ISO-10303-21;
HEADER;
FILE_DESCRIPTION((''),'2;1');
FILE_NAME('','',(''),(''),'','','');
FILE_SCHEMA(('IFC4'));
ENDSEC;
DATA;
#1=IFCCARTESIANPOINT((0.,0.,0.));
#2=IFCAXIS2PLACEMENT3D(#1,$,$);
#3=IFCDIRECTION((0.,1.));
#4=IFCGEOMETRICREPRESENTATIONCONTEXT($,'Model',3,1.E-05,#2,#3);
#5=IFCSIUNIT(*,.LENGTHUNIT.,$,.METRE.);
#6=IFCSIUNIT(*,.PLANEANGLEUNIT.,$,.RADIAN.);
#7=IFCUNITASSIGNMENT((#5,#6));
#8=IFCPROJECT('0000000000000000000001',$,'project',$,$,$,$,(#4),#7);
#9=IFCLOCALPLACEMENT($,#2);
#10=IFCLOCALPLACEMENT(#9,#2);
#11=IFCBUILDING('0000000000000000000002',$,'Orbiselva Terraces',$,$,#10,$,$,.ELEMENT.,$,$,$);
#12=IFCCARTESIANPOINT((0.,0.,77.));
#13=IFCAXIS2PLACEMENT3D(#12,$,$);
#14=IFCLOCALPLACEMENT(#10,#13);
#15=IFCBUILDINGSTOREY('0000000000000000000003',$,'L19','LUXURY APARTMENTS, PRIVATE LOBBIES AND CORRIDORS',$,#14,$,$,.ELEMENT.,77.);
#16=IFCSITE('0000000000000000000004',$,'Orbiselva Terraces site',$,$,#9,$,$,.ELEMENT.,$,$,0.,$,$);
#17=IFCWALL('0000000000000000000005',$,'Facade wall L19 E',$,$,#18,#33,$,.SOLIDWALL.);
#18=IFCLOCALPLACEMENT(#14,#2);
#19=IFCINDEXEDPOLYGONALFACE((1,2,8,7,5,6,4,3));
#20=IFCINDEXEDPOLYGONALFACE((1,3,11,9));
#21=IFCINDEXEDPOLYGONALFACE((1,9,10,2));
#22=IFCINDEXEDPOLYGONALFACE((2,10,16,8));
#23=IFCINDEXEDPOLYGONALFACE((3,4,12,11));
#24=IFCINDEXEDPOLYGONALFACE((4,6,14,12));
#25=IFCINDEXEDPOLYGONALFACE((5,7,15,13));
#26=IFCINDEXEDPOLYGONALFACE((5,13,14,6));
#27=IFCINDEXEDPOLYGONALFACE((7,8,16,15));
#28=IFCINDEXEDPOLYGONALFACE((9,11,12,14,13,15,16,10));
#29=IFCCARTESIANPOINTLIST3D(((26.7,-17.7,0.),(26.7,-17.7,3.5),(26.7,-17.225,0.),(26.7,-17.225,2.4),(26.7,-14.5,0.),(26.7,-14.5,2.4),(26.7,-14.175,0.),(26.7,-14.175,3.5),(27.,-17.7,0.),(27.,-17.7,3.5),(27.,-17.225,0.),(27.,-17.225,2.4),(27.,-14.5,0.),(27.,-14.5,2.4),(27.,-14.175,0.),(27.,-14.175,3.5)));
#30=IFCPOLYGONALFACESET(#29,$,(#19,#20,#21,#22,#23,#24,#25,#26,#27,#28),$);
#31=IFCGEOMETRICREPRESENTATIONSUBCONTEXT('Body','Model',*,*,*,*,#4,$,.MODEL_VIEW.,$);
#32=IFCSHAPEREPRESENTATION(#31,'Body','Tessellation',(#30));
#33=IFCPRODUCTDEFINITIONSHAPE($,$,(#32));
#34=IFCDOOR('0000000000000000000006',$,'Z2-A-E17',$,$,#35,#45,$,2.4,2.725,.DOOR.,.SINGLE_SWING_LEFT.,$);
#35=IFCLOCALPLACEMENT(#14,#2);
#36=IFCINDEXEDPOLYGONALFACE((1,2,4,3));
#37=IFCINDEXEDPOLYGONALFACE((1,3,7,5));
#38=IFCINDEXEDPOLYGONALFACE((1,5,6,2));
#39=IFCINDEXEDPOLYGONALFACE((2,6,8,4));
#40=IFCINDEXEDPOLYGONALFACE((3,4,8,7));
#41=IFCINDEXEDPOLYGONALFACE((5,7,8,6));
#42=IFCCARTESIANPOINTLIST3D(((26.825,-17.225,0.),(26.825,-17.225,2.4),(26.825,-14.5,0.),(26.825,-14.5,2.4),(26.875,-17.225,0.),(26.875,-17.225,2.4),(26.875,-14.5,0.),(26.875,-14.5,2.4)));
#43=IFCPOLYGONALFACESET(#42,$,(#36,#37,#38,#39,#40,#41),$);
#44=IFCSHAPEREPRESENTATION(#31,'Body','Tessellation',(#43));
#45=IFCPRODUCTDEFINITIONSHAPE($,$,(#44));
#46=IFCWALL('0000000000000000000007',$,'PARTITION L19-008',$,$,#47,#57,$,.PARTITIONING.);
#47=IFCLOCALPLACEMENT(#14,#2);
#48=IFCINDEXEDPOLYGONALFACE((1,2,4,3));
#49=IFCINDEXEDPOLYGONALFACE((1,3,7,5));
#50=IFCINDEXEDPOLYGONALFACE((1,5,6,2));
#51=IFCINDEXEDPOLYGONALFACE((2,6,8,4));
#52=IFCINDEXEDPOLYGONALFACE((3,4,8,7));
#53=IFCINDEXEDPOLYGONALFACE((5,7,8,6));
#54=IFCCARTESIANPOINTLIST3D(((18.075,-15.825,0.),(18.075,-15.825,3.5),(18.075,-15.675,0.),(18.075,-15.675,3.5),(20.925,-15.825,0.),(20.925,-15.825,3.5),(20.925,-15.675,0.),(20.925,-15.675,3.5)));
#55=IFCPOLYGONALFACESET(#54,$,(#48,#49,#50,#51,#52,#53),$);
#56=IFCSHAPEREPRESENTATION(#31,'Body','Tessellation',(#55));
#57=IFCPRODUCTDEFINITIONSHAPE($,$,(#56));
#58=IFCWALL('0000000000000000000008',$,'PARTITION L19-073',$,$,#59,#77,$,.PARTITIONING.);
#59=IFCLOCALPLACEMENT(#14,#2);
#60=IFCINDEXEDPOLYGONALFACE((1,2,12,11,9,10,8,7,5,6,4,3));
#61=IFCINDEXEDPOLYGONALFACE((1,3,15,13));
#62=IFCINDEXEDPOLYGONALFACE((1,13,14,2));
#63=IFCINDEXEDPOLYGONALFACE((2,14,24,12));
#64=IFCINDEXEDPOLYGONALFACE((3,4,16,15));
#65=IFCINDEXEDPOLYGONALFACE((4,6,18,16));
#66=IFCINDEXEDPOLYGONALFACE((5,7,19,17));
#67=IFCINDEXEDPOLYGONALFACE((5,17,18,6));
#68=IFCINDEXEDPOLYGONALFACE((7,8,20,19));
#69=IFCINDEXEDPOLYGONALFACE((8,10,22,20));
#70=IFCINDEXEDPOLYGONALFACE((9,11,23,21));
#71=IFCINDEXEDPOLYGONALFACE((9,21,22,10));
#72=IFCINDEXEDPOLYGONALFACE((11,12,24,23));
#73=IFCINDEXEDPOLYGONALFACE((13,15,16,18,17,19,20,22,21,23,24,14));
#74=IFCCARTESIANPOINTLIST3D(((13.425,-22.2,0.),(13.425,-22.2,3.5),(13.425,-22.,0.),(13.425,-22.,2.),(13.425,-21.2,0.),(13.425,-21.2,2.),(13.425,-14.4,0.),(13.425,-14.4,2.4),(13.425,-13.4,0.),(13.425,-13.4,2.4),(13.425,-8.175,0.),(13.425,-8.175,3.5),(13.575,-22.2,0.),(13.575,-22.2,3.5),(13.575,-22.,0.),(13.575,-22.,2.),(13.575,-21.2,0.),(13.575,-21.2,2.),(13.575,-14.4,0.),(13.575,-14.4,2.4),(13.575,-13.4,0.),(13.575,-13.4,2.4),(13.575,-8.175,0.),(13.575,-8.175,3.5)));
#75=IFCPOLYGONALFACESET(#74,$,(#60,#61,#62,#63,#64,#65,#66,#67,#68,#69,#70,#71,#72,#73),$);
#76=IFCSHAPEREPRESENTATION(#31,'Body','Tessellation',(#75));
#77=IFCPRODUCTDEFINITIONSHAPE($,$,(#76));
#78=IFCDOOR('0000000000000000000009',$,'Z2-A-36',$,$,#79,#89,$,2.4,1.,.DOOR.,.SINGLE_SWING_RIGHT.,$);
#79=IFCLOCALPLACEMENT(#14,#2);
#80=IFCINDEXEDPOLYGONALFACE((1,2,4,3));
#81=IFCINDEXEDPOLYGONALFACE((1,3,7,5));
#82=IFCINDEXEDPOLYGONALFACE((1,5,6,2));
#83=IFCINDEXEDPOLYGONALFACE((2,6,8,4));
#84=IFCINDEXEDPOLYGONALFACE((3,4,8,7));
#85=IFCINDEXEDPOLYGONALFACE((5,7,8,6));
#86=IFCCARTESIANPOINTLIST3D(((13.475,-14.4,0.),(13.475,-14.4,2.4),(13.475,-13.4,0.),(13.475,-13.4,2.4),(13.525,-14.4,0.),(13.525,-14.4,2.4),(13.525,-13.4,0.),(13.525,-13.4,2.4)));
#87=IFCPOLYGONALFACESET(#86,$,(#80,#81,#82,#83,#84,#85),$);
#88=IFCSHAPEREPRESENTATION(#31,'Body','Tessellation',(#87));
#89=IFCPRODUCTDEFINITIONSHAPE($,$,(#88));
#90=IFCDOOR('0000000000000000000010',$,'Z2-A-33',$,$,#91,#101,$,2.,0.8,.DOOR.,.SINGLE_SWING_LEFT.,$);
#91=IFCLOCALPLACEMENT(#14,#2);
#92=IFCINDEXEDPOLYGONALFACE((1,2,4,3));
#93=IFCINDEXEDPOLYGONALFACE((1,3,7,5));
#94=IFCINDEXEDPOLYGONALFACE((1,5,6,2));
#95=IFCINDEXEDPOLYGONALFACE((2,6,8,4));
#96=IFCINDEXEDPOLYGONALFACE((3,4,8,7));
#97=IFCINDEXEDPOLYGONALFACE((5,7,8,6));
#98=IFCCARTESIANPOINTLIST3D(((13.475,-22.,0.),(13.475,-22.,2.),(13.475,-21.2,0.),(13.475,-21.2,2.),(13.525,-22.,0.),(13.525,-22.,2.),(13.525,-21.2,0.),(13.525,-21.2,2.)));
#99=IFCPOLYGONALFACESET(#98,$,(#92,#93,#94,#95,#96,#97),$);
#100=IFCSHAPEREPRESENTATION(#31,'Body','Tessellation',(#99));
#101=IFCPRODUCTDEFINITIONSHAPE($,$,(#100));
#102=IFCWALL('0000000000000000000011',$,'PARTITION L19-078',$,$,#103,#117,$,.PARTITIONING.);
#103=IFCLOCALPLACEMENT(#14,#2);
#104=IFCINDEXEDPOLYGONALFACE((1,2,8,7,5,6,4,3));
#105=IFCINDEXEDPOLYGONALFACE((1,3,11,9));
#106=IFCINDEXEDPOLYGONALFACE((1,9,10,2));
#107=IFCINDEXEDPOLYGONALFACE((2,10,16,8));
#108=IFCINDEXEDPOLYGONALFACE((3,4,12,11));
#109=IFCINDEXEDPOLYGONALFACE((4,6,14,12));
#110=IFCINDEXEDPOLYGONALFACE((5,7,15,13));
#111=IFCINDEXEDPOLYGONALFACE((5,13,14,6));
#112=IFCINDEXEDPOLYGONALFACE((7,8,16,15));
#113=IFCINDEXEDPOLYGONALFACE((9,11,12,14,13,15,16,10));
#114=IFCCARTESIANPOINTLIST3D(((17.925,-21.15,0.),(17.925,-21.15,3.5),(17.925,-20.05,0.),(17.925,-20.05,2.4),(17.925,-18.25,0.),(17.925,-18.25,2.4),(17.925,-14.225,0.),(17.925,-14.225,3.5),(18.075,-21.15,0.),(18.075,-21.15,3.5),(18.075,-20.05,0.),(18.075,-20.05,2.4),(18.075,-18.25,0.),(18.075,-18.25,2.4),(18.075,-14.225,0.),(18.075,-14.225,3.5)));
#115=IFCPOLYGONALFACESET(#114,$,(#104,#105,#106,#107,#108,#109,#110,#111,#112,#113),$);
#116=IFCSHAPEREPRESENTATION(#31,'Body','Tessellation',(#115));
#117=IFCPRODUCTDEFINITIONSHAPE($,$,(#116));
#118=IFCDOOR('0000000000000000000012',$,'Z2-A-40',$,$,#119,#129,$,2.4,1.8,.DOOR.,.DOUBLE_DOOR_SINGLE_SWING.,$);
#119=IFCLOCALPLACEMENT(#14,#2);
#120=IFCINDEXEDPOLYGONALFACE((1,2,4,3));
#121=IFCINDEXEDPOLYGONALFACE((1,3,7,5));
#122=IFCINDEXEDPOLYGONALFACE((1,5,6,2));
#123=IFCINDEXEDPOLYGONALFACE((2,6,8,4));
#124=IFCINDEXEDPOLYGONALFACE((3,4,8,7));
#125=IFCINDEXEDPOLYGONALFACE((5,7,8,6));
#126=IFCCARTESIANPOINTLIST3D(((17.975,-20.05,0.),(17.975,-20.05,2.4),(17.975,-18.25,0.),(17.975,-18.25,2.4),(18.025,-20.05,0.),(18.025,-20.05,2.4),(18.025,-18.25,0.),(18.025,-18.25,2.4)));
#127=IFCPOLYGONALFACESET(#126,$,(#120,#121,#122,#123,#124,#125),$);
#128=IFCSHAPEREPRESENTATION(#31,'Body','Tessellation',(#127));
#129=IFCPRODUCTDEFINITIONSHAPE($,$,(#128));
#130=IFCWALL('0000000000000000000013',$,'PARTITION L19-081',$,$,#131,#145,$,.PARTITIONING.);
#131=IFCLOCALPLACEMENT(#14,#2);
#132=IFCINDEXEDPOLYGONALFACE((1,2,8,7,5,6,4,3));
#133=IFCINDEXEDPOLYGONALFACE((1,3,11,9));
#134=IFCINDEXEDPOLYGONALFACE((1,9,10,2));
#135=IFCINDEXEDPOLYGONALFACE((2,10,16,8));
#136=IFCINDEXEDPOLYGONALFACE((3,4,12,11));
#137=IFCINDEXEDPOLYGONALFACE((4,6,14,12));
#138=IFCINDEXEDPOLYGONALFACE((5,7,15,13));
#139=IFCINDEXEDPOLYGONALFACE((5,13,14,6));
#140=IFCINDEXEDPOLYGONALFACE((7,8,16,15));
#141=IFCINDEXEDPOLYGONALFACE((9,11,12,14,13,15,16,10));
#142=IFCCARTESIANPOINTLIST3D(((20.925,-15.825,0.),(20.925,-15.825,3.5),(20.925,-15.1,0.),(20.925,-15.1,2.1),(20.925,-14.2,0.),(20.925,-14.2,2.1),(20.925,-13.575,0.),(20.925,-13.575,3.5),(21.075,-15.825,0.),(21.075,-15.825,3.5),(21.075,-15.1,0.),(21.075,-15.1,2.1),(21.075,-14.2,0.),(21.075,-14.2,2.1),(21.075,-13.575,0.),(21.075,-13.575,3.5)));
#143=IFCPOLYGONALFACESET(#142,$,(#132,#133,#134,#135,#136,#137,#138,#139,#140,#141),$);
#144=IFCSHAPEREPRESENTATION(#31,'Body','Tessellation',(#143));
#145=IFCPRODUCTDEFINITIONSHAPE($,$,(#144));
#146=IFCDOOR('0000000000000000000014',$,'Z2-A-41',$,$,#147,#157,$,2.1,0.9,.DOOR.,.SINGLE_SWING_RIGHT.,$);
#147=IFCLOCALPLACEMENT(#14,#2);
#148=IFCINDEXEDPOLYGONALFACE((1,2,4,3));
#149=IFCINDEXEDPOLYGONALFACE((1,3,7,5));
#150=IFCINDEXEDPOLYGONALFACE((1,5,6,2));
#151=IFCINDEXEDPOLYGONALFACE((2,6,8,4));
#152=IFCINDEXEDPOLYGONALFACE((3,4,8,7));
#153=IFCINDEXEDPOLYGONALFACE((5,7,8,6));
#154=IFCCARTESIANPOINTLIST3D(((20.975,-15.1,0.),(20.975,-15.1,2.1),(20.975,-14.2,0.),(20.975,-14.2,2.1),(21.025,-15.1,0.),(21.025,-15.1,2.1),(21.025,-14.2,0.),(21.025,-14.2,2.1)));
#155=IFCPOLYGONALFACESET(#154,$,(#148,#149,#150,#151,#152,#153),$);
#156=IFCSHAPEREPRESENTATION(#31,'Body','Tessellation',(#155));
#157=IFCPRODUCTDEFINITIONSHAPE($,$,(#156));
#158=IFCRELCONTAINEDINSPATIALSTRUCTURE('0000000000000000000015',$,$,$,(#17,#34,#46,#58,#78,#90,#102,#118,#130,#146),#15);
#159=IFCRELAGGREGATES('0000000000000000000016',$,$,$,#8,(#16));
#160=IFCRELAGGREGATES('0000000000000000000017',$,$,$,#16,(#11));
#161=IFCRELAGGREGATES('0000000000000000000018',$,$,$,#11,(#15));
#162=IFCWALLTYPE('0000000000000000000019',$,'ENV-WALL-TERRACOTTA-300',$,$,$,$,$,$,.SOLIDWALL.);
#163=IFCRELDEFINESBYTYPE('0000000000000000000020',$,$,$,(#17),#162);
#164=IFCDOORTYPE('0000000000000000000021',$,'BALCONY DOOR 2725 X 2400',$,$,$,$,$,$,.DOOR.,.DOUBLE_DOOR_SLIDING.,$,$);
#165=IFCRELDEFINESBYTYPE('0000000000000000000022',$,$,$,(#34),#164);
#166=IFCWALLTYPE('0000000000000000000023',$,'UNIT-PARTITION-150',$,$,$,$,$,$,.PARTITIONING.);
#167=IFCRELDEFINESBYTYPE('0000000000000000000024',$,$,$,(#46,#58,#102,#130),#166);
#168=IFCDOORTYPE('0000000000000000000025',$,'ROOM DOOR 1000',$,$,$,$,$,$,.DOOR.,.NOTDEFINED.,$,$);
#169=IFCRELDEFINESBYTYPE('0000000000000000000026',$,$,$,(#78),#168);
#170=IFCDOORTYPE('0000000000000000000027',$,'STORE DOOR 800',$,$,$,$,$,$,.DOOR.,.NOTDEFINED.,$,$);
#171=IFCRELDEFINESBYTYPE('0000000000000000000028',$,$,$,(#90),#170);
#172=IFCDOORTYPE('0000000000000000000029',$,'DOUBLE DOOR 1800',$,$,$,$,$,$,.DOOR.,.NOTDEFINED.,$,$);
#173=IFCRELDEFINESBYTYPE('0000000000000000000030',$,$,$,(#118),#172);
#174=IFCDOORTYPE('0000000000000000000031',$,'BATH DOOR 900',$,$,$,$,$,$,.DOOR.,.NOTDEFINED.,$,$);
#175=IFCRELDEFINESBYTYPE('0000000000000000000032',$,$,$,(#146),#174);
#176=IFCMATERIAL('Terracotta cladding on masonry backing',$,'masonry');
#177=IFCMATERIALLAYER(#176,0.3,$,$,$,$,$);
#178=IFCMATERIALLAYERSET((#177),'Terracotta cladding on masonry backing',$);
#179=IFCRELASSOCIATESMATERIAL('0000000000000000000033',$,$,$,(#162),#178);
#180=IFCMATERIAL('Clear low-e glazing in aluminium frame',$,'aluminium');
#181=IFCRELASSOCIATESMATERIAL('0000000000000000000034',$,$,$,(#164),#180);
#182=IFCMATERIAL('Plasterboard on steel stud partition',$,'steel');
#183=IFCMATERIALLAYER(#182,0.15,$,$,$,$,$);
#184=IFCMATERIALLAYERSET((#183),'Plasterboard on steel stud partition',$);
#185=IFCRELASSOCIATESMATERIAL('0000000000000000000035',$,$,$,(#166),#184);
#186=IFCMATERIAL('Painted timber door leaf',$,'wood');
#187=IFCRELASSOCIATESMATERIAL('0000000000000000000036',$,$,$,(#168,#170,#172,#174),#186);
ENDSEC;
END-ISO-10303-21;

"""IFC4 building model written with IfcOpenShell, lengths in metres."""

from ifc_helpers import new_model, si_unit, direction, frame, frame_2d, origin, place, context, subcontext, project, spatial, rectangle, extrude, material, layer, layer_set, type_object, element, fill, save


model = new_model("IFC4")

# Units and contexts
model_context = context("Model", 3, precision=1e-05, world=origin(), true_north=direction((0.0, 1.0)))
body_context = subcontext(model_context, "Body", "Model", "MODEL_VIEW")
ifc_project = project(units=[si_unit("LENGTHUNIT", "METRE"), si_unit("PLANEANGLEUNIT", "RADIAN")], contexts=[model_context])

# Site, building, storey
site_placement = place(None, origin())
site = spatial("IfcSite", under=ifc_project, at=site_placement, Name="Orbiselva Terraces site", CompositionType="ELEMENT", RefElevation=0.0)
building_placement = place(site_placement, origin())
building = spatial("IfcBuilding", under=site, at=building_placement, Name="Orbiselva Terraces", CompositionType="ELEMENT")
storey_placement = place(building_placement, frame((0.0, 0.0, 77.0)))
storey = spatial("IfcBuildingStorey", under=building, at=storey_placement, Name="L19", Description="LUXURY APARTMENTS, PRIVATE LOBBIES AND CORRIDORS", CompositionType="ELEMENT", Elevation=77.0)

# Shared definitions
ifc_material_1 = material(Name="Terracotta cladding on masonry backing", Category="masonry")
ifc_layer_1 = layer(ifc_material_1, 0.3)
ifc_layer_set_1 = layer_set([ifc_layer_1], Name="Terracotta cladding on masonry backing")
wall_type_1 = type_object("IfcWallType", Name="ENV-WALL-TERRACOTTA-300", PredefinedType="SOLIDWALL", material=ifc_layer_set_1)
ifc_material_2 = material(Name="Clear low-e glazing in aluminium frame", Category="aluminium")
door_type_1 = type_object("IfcDoorType", Name="BALCONY DOOR 2725 X 2400", OperationType="DOUBLE_DOOR_SLIDING", PredefinedType="DOOR", material=ifc_material_2)

# Wall, opening, door
wall_1_placement = place(storey_placement, frame((26.85, -14.175, 0.0), z_axis=(0.0, 0.0, 1.0), x_axis=(0.0, -1.0, 0.0)))
wall_1 = element("IfcWall", 1, at=wall_1_placement, inside=storey, type_object=wall_type_1, Name="Facade wall L19 E", PredefinedType="SOLIDWALL", context=body_context, shape_type="SweptSolid", body=[
    extrude(rectangle(XDim=3.525, YDim=0.3, at=frame_2d((1.7625, 0.0))), origin(), (0.0, 0.0, 1.0), 3.5),
])
opening_1_placement = place(wall_1_placement, frame((0.325, 0.0, 0.0)))
opening_1 = element("IfcOpeningElement", 2, at=opening_1_placement, cuts=wall_1, PredefinedType="OPENING", context=body_context, shape_type="SweptSolid", body=[
    extrude(rectangle(XDim=2.725, YDim=2.4, at=frame_2d((1.3625, 1.2))), frame((0.0, 0.16, 0.0), z_axis=(0.0, -1.0, 0.0), x_axis=(1.0, 0.0, 0.0)), (0.0, 0.0, 1.0), 0.32),
])
door_1_placement = place(opening_1_placement, origin())
door_1 = element("IfcDoor", 3, at=door_1_placement, inside=storey, type_object=door_type_1, Name="Z2-A-E17", OperationType="SINGLE_SWING_LEFT", OverallHeight=2.4, OverallWidth=2.725, PredefinedType="DOOR", context=body_context, shape_type="SweptSolid", body=[
    extrude(rectangle(XDim=2.725, YDim=2.4, at=frame_2d((1.3625, 1.2))), frame((0.0, 0.025, 0.0), z_axis=(0.0, -1.0, 0.0), x_axis=(1.0, 0.0, 0.0)), (0.0, 0.0, 1.0), 0.05),
])
fill(opening_1, door_1)

# Wall
ifc_material_3 = material(Name="Plasterboard on steel stud partition", Category="steel")
ifc_layer_2 = layer(ifc_material_3, 0.15)
ifc_layer_set_2 = layer_set([ifc_layer_2], Name="Plasterboard on steel stud partition")
wall_type_2 = type_object("IfcWallType", Name="UNIT-PARTITION-150", PredefinedType="PARTITIONING", material=ifc_layer_set_2)
wall_2_placement = place(storey_placement, frame((18.075, -15.75, 0.0), z_axis=(0.0, 0.0, 1.0), x_axis=(1.0, 0.0, 0.0)))
element("IfcWall", 4, at=wall_2_placement, inside=storey, type_object=wall_type_2, Name="PARTITION L19-008", PredefinedType="PARTITIONING", context=body_context, shape_type="SweptSolid", body=[
    extrude(rectangle(XDim=2.85, YDim=0.15, at=frame_2d((1.425, 0.0))), origin(), (0.0, 0.0, 1.0), 3.5),
])

# Wall, openings, doors
wall_3_placement = place(storey_placement, frame((13.5, -22.2, 0.0), z_axis=(0.0, 0.0, 1.0), x_axis=(0.0, 1.0, 0.0)))
wall_3 = element("IfcWall", 5, at=wall_3_placement, inside=storey, type_object=wall_type_2, Name="PARTITION L19-073", PredefinedType="PARTITIONING", context=body_context, shape_type="SweptSolid", body=[
    extrude(rectangle(XDim=14.025, YDim=0.15, at=frame_2d((7.0125, 0.0))), origin(), (0.0, 0.0, 1.0), 3.5),
])
opening_2_placement = place(wall_3_placement, frame((0.2, 0.0, 0.0)))
opening_2 = element("IfcOpeningElement", 6, at=opening_2_placement, cuts=wall_3, PredefinedType="OPENING", context=body_context, shape_type="SweptSolid", body=[
    extrude(rectangle(XDim=0.8, YDim=2.0, at=frame_2d((0.4, 1.0))), frame((0.0, 0.085, 0.0), z_axis=(0.0, -1.0, 0.0), x_axis=(1.0, 0.0, 0.0)), (0.0, 0.0, 1.0), 0.17),
])
opening_3_placement = place(wall_3_placement, frame((7.8, 0.0, 0.0)))
opening_3 = element("IfcOpeningElement", 7, at=opening_3_placement, cuts=wall_3, PredefinedType="OPENING", context=body_context, shape_type="SweptSolid", body=[
    extrude(rectangle(XDim=1.0, YDim=2.4, at=frame_2d((0.5, 1.2))), frame((0.0, 0.085, 0.0), z_axis=(0.0, -1.0, 0.0), x_axis=(1.0, 0.0, 0.0)), (0.0, 0.0, 1.0), 0.17),
])
ifc_material_4 = material(Name="Painted timber door leaf", Category="wood")
door_type_2 = type_object("IfcDoorType", Name="ROOM DOOR 1000", OperationType="NOTDEFINED", PredefinedType="DOOR", material=ifc_material_4)
door_2_placement = place(opening_3_placement, origin())
door_2 = element("IfcDoor", 8, at=door_2_placement, inside=storey, type_object=door_type_2, Name="Z2-A-36", OperationType="SINGLE_SWING_RIGHT", OverallHeight=2.4, OverallWidth=1.0, PredefinedType="DOOR", context=body_context, shape_type="SweptSolid", body=[
    extrude(rectangle(XDim=1.0, YDim=2.4, at=frame_2d((0.5, 1.2))), frame((0.0, 0.025, 0.0), z_axis=(0.0, -1.0, 0.0), x_axis=(1.0, 0.0, 0.0)), (0.0, 0.0, 1.0), 0.05),
])
fill(opening_3, door_2)
door_type_3 = type_object("IfcDoorType", Name="STORE DOOR 800", OperationType="NOTDEFINED", PredefinedType="DOOR", material=ifc_material_4)
door_3_placement = place(opening_2_placement, origin())
door_3 = element("IfcDoor", 9, at=door_3_placement, inside=storey, type_object=door_type_3, Name="Z2-A-33", OperationType="SINGLE_SWING_LEFT", OverallHeight=2.0, OverallWidth=0.8, PredefinedType="DOOR", context=body_context, shape_type="SweptSolid", body=[
    extrude(rectangle(XDim=0.8, YDim=2.0, at=frame_2d((0.4, 1.0))), frame((0.0, 0.025, 0.0), z_axis=(0.0, -1.0, 0.0), x_axis=(1.0, 0.0, 0.0)), (0.0, 0.0, 1.0), 0.05),
])
fill(opening_2, door_3)

# Walls, openings, doors
wall_4_placement = place(storey_placement, frame((18.0, -14.225, 0.0), z_axis=(0.0, 0.0, 1.0), x_axis=(0.0, -1.0, 0.0)))
wall_4 = element("IfcWall", 10, at=wall_4_placement, inside=storey, type_object=wall_type_2, Name="PARTITION L19-078", PredefinedType="PARTITIONING", context=body_context, shape_type="SweptSolid", body=[
    extrude(rectangle(XDim=6.925, YDim=0.15, at=frame_2d((3.4625, 0.0))), origin(), (0.0, 0.0, 1.0), 3.5),
])
opening_4_placement = place(wall_4_placement, frame((4.025, 0.0, 0.0)))
opening_4 = element("IfcOpeningElement", 11, at=opening_4_placement, cuts=wall_4, PredefinedType="OPENING", context=body_context, shape_type="SweptSolid", body=[
    extrude(rectangle(XDim=1.8, YDim=2.4, at=frame_2d((0.9, 1.2))), frame((0.0, 0.085, 0.0), z_axis=(0.0, -1.0, 0.0), x_axis=(1.0, 0.0, 0.0)), (0.0, 0.0, 1.0), 0.17),
])
door_type_4 = type_object("IfcDoorType", Name="DOUBLE DOOR 1800", OperationType="NOTDEFINED", PredefinedType="DOOR", material=ifc_material_4)
door_4_placement = place(opening_4_placement, origin())
door_4 = element("IfcDoor", 12, at=door_4_placement, inside=storey, type_object=door_type_4, Name="Z2-A-40", OperationType="DOUBLE_DOOR_SINGLE_SWING", OverallHeight=2.4, OverallWidth=1.8, PredefinedType="DOOR", context=body_context, shape_type="SweptSolid", body=[
    extrude(rectangle(XDim=1.8, YDim=2.4, at=frame_2d((0.9, 1.2))), frame((0.0, 0.025, 0.0), z_axis=(0.0, -1.0, 0.0), x_axis=(1.0, 0.0, 0.0)), (0.0, 0.0, 1.0), 0.05),
])
fill(opening_4, door_4)
wall_5_placement = place(storey_placement, frame((21.0, -15.825, 0.0), z_axis=(0.0, 0.0, 1.0), x_axis=(0.0, 1.0, 0.0)))
wall_5 = element("IfcWall", 13, at=wall_5_placement, inside=storey, type_object=wall_type_2, Name="PARTITION L19-081", PredefinedType="PARTITIONING", context=body_context, shape_type="SweptSolid", body=[
    extrude(rectangle(XDim=2.25, YDim=0.15, at=frame_2d((1.125, 0.0))), origin(), (0.0, 0.0, 1.0), 3.5),
])
opening_5_placement = place(wall_5_placement, frame((0.725, 0.0, 0.0)))
opening_5 = element("IfcOpeningElement", 14, at=opening_5_placement, cuts=wall_5, PredefinedType="OPENING", context=body_context, shape_type="SweptSolid", body=[
    extrude(rectangle(XDim=0.9, YDim=2.1, at=frame_2d((0.45, 1.05))), frame((0.0, 0.085, 0.0), z_axis=(0.0, -1.0, 0.0), x_axis=(1.0, 0.0, 0.0)), (0.0, 0.0, 1.0), 0.17),
])
door_type_5 = type_object("IfcDoorType", Name="BATH DOOR 900", OperationType="NOTDEFINED", PredefinedType="DOOR", material=ifc_material_4)
door_5_placement = place(opening_5_placement, origin())
door_5 = element("IfcDoor", 15, at=door_5_placement, inside=storey, type_object=door_type_5, Name="Z2-A-41", OperationType="SINGLE_SWING_RIGHT", OverallHeight=2.1, OverallWidth=0.9, PredefinedType="DOOR", context=body_context, shape_type="SweptSolid", body=[
    extrude(rectangle(XDim=0.9, YDim=2.1, at=frame_2d((0.45, 1.05))), frame((0.0, 0.025, 0.0), z_axis=(0.0, -1.0, 0.0), x_axis=(1.0, 0.0, 0.0)), (0.0, 0.0, 1.0), 0.05),
])
fill(opening_5, door_5)

save(model, "model.ifc")
